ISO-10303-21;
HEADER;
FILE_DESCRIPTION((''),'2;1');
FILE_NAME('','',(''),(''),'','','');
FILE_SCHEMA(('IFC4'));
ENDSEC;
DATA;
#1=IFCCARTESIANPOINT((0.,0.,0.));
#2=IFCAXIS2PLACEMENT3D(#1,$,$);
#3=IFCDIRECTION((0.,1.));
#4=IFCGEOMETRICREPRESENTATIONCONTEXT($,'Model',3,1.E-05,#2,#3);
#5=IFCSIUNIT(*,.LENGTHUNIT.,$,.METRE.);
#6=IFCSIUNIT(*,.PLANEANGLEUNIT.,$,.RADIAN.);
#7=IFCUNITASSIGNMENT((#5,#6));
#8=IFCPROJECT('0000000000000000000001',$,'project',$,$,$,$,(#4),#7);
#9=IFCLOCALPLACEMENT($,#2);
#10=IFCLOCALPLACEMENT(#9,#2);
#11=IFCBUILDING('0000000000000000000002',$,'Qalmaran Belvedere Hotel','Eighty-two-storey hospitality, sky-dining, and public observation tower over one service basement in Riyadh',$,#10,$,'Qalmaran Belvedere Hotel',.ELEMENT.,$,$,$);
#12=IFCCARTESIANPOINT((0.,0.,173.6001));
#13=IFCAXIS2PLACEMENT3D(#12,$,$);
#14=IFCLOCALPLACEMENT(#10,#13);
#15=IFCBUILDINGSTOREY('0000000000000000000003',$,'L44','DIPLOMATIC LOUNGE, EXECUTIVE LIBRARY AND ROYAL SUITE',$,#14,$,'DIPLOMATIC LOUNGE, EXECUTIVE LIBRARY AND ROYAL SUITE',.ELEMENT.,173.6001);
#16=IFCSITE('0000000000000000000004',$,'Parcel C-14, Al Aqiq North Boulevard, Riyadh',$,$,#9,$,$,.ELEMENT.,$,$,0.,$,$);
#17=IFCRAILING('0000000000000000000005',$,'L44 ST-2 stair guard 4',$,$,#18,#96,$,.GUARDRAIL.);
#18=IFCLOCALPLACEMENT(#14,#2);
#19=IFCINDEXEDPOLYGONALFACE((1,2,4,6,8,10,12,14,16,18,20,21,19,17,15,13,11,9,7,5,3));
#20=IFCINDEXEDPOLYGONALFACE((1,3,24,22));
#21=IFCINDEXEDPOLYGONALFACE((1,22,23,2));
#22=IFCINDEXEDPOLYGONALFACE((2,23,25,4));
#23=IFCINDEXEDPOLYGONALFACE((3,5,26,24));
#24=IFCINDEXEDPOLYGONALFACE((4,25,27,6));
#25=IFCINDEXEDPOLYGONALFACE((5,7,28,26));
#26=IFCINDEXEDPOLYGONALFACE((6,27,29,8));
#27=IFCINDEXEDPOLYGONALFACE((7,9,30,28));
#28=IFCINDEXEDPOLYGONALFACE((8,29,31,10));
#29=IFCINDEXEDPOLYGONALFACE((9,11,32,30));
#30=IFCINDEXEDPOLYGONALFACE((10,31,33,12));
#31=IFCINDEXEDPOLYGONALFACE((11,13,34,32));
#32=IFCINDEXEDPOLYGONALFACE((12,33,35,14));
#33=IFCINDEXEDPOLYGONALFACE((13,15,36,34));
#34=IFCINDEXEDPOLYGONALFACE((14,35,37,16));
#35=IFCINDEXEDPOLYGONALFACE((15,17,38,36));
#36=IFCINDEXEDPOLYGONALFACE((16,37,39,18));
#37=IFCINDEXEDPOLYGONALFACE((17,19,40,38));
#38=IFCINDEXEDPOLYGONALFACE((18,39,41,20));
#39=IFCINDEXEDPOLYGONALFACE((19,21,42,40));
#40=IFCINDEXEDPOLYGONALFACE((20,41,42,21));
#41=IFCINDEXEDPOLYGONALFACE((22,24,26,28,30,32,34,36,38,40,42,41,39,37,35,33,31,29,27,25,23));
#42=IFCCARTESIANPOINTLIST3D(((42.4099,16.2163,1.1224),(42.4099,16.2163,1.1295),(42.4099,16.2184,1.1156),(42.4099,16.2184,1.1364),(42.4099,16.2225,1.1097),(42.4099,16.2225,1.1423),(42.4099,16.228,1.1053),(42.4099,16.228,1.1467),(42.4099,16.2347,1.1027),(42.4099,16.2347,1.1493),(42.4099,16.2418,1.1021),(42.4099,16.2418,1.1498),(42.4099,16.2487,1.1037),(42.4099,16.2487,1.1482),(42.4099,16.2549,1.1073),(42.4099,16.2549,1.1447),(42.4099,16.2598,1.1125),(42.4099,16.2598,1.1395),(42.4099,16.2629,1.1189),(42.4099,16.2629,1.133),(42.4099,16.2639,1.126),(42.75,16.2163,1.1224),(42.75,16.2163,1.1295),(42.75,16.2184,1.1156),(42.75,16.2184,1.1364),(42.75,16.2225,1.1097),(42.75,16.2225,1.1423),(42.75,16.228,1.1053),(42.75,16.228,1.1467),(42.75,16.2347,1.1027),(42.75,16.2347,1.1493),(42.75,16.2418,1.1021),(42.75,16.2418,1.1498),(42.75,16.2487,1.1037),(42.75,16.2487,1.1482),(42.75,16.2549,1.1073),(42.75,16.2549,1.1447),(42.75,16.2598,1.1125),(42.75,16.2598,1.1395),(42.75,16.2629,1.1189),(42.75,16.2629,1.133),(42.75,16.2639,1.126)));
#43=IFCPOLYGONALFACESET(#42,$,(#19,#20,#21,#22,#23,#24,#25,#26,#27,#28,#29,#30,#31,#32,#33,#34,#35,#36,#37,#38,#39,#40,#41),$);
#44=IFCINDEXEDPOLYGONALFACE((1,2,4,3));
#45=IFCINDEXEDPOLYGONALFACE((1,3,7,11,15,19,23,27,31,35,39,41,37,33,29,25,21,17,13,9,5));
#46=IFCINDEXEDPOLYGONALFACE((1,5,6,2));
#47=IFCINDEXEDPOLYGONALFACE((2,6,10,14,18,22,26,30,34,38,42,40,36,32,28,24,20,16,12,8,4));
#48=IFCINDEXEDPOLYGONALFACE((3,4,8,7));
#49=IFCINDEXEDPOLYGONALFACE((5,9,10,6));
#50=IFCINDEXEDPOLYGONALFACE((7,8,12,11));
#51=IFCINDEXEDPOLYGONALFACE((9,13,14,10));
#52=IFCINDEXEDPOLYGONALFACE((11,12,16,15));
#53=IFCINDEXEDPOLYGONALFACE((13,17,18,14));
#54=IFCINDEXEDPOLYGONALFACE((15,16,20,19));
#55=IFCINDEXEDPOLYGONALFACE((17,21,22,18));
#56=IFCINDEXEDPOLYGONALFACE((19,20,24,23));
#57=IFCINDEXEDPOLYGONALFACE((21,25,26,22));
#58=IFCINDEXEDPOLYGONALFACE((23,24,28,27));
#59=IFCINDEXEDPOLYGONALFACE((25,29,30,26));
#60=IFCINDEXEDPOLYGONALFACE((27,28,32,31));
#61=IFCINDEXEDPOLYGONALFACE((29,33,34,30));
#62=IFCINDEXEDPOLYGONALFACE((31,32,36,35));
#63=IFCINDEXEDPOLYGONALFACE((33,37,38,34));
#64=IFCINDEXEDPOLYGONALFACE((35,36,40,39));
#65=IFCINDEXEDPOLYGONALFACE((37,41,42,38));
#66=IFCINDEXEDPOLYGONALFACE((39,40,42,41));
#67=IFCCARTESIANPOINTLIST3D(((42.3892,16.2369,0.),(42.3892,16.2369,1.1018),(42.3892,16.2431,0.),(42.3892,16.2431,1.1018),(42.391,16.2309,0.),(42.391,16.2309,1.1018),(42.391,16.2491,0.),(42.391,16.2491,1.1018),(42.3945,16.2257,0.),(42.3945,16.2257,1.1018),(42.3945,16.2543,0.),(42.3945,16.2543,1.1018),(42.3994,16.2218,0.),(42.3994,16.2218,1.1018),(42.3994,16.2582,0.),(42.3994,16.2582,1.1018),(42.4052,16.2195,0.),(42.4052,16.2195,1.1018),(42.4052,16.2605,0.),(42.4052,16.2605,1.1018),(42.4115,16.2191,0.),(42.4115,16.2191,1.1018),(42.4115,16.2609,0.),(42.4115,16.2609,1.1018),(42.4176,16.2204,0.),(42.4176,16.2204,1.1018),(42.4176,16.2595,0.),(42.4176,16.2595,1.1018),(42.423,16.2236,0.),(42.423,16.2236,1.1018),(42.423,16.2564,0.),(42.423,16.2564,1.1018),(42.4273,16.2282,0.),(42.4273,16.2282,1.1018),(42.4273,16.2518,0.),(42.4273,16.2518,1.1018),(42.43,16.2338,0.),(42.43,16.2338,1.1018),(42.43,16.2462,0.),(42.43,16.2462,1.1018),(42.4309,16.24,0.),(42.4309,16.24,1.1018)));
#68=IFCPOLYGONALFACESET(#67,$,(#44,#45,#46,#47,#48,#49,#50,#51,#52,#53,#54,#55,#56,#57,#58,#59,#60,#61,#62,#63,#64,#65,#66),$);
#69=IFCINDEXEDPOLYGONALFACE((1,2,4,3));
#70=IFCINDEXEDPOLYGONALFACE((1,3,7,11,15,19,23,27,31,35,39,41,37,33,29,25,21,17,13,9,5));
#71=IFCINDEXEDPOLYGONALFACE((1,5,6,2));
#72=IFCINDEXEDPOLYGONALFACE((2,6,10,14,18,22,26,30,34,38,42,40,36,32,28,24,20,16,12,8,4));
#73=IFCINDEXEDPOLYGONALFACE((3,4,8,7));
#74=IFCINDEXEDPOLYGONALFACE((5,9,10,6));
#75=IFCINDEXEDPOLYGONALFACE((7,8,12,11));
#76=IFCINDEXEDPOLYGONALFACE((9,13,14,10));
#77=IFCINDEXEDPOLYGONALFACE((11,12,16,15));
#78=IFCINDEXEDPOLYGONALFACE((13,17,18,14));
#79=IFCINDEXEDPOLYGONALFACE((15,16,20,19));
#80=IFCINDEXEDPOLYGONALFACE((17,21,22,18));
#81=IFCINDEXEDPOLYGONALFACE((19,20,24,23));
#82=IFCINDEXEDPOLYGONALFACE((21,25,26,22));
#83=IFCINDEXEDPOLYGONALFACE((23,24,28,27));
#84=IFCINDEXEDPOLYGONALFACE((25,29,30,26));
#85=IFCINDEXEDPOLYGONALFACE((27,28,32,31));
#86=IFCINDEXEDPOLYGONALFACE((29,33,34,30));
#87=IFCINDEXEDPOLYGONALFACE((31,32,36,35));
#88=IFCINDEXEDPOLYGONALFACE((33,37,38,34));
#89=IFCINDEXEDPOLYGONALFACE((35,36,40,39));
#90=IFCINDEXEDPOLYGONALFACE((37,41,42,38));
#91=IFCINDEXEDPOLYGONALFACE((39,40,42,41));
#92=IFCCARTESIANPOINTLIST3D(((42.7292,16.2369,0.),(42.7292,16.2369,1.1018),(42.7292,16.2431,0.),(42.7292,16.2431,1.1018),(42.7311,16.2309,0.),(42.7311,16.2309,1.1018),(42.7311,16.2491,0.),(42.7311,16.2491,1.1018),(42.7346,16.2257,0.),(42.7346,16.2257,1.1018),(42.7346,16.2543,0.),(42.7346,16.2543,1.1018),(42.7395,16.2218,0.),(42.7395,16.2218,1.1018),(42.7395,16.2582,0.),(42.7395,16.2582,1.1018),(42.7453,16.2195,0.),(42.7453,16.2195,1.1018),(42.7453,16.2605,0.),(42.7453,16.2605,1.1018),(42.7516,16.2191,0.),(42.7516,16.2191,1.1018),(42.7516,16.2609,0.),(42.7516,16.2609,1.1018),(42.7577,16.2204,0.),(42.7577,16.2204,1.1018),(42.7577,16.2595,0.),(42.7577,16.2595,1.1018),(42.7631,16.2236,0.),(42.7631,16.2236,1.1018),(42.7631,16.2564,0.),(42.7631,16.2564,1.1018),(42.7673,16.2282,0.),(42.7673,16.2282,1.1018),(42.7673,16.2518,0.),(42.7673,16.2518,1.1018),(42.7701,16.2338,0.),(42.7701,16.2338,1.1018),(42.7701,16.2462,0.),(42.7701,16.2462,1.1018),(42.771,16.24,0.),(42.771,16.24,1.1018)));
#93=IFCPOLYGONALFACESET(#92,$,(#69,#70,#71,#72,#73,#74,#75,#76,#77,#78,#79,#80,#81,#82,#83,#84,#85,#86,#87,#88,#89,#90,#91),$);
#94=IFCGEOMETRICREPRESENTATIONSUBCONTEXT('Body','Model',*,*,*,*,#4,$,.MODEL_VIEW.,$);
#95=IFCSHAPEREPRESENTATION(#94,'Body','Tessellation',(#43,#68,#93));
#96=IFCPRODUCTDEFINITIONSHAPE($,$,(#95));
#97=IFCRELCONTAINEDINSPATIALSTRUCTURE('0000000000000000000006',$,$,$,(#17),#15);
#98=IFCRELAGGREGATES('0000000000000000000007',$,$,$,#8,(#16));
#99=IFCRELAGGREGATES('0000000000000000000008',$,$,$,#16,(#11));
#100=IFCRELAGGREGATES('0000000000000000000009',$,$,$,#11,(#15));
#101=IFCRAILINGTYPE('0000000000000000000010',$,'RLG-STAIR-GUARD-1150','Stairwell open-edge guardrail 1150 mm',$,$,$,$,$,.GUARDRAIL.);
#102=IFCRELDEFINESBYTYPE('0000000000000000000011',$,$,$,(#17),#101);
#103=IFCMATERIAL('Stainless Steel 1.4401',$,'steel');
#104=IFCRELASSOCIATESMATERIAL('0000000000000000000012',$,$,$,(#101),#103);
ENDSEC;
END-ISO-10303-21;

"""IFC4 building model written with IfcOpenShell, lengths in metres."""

from ifc_helpers import new_model, si_unit, direction, frame, origin, origin_2d, place, context, subcontext, project, spatial, circle, extrude, material, type_object, element, save


model = new_model("IFC4")

# Units and contexts
model_context = context("Model", 3, precision=1e-05, world=origin(), true_north=direction((0.0, 1.0)))
body_context = subcontext(model_context, "Body", "Model", "MODEL_VIEW")
ifc_project = project(units=[si_unit("LENGTHUNIT", "METRE"), si_unit("PLANEANGLEUNIT", "RADIAN")], contexts=[model_context])

# Site, building, storey
site_placement = place(None, origin())
site = spatial("IfcSite", under=ifc_project, at=site_placement, Name="Parcel C-14, Al Aqiq North Boulevard, Riyadh", CompositionType="ELEMENT", RefElevation=0.0)
building_placement = place(site_placement, origin())
building = spatial("IfcBuilding", under=site, at=building_placement, Name="Qalmaran Belvedere Hotel", Description="Eighty-two-storey hospitality, sky-dining, and public observation tower over one service basement in Riyadh", LongName="Qalmaran Belvedere Hotel", CompositionType="ELEMENT")
storey_placement = place(building_placement, frame((0.0, 0.0, 173.6001)))
storey = spatial("IfcBuildingStorey", under=building, at=storey_placement, Name="L44", Description="DIPLOMATIC LOUNGE, EXECUTIVE LIBRARY AND ROYAL SUITE", LongName="DIPLOMATIC LOUNGE, EXECUTIVE LIBRARY AND ROYAL SUITE", CompositionType="ELEMENT", Elevation=173.6001)

# Railing
ifc_material_1 = material(Name="Stainless Steel 1.4401", Category="steel")
railing_type_1 = type_object("IfcRailingType", Name="RLG-STAIR-GUARD-1150", Description="Stairwell open-edge guardrail 1150 mm", PredefinedType="GUARDRAIL", material=ifc_material_1)
railing_1_placement = place(storey_placement, frame((42.4099, 16.24, 0.0)))
element("IfcRailing", 1, at=railing_1_placement, inside=storey, type_object=railing_type_1, Name="L44 ST-2 stair guard 4", PredefinedType="GUARDRAIL", context=body_context, shape_type="SweptSolid", body=[
    extrude(circle(Radius=0.0239, at=origin_2d()), frame((0.0, 0.0, 1.126), z_axis=(1.0, 0.0, 0.0), x_axis=(0.0, 1.0, 0.0)), (0.0, 0.0, 1.0), 0.3401),
    extrude(circle(Radius=0.021, at=origin_2d()), origin(), (0.0, 0.0, 1.0), 1.1018),
    extrude(circle(Radius=0.021, at=origin_2d()), frame((0.3401, 0.0, 0.0)), (0.0, 0.0, 1.0), 1.1018),
])

save(model, "model.ifc")
